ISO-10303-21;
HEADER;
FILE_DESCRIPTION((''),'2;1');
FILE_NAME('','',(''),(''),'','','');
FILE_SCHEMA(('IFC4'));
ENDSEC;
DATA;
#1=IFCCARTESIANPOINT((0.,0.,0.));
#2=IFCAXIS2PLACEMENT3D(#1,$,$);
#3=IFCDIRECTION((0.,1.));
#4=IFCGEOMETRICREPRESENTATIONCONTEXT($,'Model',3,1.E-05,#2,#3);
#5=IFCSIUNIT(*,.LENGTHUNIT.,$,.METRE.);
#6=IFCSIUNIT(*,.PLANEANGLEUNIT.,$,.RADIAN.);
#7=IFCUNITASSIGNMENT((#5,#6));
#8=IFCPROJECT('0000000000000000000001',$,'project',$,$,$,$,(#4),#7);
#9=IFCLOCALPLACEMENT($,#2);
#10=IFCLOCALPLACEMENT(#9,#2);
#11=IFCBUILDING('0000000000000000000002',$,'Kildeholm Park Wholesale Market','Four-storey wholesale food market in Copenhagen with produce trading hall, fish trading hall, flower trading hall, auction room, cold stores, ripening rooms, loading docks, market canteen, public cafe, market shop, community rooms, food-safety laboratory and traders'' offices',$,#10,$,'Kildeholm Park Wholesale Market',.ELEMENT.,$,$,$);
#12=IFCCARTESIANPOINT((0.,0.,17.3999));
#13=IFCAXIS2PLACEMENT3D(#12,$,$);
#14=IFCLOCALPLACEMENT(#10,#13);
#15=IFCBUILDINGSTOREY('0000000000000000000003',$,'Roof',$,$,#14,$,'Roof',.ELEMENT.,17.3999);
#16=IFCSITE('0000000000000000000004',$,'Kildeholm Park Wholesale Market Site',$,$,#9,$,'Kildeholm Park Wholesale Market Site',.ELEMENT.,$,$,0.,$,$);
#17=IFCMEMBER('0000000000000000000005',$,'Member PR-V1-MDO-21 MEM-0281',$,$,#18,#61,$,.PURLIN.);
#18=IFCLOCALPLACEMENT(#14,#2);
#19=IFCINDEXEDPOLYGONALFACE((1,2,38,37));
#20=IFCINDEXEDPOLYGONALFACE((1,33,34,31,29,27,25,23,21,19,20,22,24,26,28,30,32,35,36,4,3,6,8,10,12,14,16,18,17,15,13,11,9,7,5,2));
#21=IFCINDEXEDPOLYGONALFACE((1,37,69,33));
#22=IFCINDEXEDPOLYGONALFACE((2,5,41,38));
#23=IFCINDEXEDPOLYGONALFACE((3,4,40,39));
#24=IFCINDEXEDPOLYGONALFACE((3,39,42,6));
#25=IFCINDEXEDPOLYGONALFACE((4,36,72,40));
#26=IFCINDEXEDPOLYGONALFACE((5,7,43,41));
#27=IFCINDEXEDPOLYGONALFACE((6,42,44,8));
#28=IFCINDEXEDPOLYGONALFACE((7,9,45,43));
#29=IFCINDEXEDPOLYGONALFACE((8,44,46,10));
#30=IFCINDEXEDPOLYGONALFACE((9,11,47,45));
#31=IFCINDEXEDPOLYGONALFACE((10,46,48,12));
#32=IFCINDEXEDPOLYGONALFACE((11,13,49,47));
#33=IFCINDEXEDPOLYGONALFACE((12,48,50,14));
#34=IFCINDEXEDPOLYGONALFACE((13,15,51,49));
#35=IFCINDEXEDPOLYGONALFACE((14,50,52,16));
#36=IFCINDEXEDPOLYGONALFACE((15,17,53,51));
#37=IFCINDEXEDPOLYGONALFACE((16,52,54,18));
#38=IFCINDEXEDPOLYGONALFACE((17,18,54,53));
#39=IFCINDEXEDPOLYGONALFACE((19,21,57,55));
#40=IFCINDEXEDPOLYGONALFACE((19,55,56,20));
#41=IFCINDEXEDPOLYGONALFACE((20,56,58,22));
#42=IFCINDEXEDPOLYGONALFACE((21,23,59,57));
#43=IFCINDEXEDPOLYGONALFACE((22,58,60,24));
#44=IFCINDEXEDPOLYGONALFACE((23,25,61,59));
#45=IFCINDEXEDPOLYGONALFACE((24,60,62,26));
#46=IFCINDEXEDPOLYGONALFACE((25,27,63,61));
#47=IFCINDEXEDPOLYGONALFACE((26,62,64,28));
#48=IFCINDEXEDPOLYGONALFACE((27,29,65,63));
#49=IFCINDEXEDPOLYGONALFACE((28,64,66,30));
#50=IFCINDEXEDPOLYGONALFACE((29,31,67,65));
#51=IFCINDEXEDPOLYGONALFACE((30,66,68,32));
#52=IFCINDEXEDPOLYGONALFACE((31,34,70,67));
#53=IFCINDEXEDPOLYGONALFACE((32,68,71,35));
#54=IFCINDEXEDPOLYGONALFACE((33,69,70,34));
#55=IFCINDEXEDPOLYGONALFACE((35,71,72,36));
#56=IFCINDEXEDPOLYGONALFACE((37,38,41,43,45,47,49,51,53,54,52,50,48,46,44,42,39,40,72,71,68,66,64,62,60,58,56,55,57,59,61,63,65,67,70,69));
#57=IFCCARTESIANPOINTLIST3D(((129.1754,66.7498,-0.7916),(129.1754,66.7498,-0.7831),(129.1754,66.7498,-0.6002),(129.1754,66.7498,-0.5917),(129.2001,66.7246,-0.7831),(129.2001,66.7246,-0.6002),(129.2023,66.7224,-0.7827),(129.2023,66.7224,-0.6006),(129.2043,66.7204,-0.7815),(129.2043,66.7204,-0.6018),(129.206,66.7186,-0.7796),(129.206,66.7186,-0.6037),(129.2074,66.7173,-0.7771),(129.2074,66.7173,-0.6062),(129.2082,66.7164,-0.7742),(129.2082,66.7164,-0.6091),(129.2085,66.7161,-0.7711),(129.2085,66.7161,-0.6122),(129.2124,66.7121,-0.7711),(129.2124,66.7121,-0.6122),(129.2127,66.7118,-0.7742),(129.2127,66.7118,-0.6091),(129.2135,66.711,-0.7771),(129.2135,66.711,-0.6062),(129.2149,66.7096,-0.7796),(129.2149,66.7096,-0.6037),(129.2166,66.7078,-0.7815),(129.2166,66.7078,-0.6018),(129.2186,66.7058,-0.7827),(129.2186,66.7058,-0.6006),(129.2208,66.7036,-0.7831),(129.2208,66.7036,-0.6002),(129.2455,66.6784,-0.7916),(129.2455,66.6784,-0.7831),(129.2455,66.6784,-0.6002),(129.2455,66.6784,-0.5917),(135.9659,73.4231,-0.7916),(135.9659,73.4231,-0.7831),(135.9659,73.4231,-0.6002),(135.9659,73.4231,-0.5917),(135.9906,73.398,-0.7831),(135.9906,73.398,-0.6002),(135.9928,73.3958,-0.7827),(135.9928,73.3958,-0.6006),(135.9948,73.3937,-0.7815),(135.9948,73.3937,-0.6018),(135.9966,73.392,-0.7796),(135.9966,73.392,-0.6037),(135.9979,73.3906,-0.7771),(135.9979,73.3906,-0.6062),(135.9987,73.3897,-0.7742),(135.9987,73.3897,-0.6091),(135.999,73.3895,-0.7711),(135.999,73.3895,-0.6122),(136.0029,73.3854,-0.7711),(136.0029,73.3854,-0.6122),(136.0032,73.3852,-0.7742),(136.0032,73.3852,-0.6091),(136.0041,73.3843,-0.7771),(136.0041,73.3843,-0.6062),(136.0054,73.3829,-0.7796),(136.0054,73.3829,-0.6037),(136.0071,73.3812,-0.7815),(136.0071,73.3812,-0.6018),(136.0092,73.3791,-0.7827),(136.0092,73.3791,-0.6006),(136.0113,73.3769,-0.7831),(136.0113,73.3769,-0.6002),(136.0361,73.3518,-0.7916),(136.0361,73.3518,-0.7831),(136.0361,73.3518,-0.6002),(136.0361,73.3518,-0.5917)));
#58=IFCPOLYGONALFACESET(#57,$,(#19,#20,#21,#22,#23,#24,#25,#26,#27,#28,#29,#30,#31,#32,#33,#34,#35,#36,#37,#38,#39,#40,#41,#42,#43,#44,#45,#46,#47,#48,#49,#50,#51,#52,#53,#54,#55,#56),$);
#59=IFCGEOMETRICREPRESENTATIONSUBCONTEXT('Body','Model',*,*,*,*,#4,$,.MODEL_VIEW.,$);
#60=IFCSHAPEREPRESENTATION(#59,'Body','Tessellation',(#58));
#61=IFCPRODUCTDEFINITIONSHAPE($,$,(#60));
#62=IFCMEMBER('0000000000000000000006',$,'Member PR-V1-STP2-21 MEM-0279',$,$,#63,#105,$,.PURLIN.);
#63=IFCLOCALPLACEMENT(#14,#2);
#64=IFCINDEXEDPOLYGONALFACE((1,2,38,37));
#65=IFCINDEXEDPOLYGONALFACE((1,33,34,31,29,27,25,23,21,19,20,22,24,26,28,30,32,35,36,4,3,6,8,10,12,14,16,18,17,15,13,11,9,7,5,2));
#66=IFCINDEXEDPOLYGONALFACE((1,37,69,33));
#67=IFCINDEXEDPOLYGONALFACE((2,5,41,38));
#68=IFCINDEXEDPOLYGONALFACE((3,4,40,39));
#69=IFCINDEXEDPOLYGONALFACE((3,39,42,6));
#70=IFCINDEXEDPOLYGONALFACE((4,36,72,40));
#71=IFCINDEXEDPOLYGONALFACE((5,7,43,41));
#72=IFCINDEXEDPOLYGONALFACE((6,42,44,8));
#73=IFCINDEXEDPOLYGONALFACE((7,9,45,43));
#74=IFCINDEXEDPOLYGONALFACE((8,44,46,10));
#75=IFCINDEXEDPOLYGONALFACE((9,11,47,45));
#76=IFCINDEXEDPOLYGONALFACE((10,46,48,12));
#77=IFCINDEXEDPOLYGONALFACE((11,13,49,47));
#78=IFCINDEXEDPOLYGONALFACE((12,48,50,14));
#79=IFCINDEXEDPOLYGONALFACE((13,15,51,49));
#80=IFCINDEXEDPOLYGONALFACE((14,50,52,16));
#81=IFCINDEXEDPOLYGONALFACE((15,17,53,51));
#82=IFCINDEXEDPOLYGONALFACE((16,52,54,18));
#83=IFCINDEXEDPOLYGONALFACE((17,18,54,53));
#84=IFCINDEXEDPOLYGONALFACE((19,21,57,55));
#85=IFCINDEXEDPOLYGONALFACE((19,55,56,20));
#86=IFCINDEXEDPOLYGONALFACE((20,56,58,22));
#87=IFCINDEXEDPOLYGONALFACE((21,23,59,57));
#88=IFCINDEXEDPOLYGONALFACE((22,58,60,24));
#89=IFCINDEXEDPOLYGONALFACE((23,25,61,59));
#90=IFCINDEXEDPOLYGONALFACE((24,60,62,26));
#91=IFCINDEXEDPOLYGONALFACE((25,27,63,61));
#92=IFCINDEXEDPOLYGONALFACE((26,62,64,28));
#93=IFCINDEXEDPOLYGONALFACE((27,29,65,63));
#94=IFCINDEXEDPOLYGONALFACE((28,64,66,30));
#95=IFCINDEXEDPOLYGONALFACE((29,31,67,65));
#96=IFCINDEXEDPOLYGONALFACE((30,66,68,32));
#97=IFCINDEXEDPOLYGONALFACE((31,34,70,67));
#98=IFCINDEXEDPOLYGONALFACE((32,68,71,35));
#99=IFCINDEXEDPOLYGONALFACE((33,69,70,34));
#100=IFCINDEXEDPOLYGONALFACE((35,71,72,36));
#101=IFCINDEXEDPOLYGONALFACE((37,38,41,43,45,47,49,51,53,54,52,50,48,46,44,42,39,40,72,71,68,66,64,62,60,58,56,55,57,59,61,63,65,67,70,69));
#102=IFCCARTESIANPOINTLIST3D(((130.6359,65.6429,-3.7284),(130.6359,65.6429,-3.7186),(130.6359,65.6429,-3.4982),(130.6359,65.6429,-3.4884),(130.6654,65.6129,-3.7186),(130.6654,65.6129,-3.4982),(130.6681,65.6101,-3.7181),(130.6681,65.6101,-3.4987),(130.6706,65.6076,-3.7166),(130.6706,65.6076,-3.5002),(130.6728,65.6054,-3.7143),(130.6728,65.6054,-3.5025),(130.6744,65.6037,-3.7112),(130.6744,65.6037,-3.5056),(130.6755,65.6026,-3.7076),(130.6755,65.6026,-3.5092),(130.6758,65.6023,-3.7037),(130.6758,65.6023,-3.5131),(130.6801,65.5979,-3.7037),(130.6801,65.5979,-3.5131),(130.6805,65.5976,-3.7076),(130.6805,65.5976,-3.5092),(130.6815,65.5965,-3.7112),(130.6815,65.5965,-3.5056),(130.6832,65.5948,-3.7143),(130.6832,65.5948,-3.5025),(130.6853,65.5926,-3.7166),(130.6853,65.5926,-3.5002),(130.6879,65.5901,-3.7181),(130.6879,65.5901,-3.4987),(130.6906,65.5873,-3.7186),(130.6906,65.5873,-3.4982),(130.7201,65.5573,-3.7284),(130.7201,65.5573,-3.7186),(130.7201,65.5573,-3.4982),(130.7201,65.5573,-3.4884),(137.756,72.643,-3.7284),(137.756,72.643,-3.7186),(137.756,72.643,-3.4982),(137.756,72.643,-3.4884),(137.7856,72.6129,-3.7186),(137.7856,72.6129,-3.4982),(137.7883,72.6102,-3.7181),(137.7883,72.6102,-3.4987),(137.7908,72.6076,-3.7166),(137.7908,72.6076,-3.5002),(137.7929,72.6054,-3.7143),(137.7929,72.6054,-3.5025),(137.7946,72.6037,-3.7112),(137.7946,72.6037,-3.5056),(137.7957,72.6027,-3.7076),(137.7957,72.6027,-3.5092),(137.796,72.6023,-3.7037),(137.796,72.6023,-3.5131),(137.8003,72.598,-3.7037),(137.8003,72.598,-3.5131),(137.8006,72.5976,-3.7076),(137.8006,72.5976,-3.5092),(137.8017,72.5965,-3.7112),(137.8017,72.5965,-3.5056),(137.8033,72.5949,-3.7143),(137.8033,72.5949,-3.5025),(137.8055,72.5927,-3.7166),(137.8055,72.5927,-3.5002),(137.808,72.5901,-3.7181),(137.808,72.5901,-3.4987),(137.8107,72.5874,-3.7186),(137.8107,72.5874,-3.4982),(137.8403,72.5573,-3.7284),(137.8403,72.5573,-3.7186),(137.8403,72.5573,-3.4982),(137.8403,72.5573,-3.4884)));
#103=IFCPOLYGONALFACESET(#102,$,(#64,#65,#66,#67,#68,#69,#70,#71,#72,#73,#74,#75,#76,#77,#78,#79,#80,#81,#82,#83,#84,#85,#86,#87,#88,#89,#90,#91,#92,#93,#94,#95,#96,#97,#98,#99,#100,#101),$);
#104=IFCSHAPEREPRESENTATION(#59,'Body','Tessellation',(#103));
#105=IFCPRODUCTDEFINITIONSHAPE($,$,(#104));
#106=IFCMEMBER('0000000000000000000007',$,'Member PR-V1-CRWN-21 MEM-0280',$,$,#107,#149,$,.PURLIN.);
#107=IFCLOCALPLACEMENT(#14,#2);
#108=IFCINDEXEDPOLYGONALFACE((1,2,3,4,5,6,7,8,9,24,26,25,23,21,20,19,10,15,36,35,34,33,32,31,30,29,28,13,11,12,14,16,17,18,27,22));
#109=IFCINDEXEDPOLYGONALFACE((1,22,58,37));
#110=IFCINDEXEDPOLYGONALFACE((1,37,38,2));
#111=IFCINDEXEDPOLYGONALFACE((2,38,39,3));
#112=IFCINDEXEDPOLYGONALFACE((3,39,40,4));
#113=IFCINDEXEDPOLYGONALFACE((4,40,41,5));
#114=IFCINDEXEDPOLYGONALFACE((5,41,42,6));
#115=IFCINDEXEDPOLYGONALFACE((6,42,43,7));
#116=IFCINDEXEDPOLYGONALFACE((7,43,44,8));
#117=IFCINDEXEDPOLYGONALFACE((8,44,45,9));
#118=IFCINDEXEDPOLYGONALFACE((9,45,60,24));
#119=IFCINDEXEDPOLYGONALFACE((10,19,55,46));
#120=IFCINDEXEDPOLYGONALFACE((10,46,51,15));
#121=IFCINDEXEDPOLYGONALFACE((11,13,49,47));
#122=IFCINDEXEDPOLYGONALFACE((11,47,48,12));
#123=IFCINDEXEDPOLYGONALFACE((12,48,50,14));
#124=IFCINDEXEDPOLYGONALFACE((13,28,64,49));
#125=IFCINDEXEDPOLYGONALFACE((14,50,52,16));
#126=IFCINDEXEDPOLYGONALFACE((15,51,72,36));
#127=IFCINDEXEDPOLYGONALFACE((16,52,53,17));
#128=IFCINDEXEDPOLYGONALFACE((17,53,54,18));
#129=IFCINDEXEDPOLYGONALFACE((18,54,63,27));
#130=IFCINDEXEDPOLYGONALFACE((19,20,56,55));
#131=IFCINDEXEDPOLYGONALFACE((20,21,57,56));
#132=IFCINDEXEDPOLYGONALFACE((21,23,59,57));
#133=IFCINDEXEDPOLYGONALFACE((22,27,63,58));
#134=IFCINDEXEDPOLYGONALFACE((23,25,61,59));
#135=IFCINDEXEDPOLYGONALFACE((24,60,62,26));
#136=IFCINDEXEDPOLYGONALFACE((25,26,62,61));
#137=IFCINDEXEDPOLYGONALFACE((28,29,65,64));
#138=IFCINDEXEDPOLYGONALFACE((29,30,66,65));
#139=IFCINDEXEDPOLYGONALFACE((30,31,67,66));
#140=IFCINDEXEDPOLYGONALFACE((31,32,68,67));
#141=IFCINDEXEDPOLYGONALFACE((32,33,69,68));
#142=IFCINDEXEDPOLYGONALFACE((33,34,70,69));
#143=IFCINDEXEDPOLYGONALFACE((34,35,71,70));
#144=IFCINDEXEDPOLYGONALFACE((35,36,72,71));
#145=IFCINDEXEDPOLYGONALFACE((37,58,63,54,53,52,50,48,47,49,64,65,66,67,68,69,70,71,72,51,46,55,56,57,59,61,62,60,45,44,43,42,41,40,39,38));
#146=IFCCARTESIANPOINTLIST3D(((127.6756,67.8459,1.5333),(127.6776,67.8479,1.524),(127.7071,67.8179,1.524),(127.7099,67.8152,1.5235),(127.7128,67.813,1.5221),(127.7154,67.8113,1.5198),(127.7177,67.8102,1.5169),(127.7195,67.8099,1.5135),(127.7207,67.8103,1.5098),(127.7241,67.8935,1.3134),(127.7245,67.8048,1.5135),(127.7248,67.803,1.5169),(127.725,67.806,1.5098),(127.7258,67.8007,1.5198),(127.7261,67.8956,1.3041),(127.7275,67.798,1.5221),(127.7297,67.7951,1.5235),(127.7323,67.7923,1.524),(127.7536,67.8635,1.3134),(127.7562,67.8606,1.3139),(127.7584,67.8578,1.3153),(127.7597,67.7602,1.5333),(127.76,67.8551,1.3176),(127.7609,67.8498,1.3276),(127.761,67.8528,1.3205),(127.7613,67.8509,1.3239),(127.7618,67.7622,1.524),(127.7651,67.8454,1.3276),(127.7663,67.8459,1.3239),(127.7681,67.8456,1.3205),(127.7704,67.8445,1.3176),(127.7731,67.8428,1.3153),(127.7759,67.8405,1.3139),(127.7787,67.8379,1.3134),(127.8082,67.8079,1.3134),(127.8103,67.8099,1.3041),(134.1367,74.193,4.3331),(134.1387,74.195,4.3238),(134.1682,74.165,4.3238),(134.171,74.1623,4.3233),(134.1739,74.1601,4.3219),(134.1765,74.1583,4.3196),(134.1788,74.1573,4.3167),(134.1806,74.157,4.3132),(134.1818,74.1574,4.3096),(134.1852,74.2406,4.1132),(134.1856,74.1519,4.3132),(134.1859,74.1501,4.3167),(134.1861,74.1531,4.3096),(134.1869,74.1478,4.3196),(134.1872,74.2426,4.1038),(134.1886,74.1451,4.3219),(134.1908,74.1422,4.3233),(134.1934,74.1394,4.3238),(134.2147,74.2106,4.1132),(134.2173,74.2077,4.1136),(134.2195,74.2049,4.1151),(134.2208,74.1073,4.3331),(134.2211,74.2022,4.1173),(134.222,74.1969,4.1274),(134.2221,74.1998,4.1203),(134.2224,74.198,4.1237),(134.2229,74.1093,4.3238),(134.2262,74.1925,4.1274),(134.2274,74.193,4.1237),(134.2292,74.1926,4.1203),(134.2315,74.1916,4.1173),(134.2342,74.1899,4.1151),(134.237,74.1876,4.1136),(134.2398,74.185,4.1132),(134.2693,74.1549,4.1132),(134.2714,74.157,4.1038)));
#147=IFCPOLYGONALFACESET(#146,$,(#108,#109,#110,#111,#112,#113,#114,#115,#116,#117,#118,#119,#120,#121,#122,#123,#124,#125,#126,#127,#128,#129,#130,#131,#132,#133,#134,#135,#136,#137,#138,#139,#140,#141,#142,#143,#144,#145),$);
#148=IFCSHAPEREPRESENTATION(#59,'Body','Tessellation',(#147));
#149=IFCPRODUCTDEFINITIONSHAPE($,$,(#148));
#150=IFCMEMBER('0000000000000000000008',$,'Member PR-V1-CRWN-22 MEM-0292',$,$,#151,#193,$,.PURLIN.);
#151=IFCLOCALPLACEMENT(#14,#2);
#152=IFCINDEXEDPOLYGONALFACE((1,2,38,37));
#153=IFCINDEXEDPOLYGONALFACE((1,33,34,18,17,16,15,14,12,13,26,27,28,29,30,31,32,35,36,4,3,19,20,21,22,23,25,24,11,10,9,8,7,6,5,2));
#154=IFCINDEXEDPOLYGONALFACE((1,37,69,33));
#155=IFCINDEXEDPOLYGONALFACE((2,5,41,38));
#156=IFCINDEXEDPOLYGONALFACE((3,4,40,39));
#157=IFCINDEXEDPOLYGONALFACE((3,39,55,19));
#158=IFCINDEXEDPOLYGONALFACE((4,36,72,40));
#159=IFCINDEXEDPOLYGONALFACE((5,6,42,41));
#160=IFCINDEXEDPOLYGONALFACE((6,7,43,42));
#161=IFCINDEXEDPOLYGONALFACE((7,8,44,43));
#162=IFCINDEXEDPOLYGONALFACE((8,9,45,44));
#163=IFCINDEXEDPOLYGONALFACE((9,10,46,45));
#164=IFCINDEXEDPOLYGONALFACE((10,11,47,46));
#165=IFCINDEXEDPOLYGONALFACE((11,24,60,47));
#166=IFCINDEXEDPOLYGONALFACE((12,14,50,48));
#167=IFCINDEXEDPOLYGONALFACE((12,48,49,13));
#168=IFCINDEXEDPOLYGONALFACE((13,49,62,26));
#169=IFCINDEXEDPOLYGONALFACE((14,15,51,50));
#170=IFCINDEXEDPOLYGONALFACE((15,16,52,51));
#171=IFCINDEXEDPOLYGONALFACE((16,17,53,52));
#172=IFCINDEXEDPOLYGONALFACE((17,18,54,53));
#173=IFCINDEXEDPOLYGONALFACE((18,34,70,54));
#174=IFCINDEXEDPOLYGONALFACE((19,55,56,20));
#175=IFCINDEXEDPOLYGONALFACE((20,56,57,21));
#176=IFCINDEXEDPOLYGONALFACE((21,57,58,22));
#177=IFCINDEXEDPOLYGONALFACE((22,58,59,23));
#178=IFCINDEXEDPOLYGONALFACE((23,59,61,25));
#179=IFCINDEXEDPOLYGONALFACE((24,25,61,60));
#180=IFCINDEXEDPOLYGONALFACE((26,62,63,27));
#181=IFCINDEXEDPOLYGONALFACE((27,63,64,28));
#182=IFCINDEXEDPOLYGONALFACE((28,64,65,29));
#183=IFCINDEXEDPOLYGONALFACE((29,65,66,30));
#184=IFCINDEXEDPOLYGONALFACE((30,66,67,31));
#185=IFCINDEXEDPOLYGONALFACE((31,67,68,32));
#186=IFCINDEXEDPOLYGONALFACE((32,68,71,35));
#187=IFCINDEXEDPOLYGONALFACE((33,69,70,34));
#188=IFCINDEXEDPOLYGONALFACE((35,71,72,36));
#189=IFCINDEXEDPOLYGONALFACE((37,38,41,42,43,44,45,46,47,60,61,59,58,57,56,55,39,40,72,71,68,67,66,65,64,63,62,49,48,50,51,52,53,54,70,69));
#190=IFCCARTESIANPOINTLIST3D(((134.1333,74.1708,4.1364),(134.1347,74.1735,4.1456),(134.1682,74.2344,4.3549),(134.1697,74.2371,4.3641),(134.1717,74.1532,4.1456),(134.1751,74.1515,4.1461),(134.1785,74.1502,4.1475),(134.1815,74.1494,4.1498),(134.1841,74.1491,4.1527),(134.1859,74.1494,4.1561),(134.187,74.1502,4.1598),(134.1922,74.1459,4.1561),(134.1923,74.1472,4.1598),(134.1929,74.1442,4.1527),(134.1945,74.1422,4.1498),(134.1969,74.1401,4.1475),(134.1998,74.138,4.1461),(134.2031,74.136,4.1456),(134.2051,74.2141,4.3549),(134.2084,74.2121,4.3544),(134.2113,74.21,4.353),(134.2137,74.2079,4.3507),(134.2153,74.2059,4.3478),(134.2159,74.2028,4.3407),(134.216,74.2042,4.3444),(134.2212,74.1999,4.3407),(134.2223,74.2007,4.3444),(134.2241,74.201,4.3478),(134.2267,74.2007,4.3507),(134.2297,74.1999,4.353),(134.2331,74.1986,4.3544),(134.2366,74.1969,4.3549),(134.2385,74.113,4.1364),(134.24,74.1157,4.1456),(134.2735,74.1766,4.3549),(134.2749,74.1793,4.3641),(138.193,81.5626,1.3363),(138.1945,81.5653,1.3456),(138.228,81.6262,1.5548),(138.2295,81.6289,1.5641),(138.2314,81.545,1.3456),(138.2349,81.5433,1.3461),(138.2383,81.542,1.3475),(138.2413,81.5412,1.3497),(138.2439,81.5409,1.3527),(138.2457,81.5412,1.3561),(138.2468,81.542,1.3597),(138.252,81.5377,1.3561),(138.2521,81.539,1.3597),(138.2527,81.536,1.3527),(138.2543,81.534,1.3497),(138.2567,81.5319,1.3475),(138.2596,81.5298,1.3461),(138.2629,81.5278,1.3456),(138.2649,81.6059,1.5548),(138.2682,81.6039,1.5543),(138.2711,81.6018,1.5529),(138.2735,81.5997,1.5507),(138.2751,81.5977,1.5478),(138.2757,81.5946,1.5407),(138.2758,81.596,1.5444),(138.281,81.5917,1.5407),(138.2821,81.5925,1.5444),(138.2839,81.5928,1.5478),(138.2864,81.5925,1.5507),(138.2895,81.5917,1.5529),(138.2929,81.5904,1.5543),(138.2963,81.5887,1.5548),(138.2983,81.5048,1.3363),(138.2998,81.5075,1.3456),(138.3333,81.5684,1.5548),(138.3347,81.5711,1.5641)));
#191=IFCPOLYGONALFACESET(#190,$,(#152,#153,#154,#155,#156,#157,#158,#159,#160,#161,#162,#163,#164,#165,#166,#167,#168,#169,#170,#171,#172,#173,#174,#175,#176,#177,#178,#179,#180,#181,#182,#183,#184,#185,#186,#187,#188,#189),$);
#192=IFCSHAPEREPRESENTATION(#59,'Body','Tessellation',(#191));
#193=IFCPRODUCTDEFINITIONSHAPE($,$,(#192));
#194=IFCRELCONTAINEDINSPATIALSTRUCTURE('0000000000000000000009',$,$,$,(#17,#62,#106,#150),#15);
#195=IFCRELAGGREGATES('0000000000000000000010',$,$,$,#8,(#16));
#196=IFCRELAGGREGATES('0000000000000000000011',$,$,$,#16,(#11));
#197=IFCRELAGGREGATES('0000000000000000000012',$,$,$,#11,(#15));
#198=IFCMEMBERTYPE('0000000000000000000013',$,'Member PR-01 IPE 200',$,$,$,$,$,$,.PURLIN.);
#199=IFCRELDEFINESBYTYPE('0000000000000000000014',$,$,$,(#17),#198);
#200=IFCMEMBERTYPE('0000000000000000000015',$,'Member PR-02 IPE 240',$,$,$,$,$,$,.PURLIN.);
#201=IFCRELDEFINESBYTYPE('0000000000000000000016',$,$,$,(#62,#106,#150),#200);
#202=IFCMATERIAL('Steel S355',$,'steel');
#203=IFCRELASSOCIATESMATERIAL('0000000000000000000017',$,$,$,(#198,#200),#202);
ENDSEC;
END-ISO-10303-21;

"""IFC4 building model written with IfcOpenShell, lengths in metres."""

from ifc_helpers import new_model, si_unit, direction, frame, origin, origin_2d, place, context, subcontext, project, spatial, i_section, extrude, material, material_profile, profile_set, type_object, element, save


model = new_model("IFC4")

# Units and contexts
model_context = context("Model", 3, precision=1e-05, world=origin(), true_north=direction((0.0, 1.0)))
body_context = subcontext(model_context, "Body", "Model", "MODEL_VIEW")
ifc_project = project(units=[si_unit("LENGTHUNIT", "METRE"), si_unit("PLANEANGLEUNIT", "RADIAN")], contexts=[model_context])

# Site, building, storey
site_placement = place(None, origin())
site = spatial("IfcSite", under=ifc_project, at=site_placement, Name="Kildeholm Park Wholesale Market Site", LongName="Kildeholm Park Wholesale Market Site", CompositionType="ELEMENT", RefElevation=0.0)
building_placement = place(site_placement, origin())
building = spatial("IfcBuilding", under=site, at=building_placement, Name="Kildeholm Park Wholesale Market", Description="Four-storey wholesale food market in Copenhagen with produce trading hall, fish trading hall, flower trading hall, auction room, cold stores, ripening rooms, loading docks, market canteen, public cafe, market shop, community rooms, food-safety laboratory and traders' offices", LongName="Kildeholm Park Wholesale Market", CompositionType="ELEMENT")
storey_placement = place(building_placement, frame((0.0, 0.0, 17.3999)))
storey = spatial("IfcBuildingStorey", under=building, at=storey_placement, Name="Roof", LongName="Roof", CompositionType="ELEMENT", Elevation=17.3999)

# Members
ifc_material_1 = material(Name="Steel S355", Category="steel")
ifc_material_profile_1 = material_profile(ifc_material_1, i_section(OverallWidth=0.1001, OverallDepth=0.2, WebThickness=0.0056, FlangeThickness=0.0085, FilletRadius=0.012, at=origin_2d()), Name="IPE 200")
ifc_profile_set_1 = profile_set([ifc_material_profile_1], Name="Steel S355")
member_type_1 = type_object("IfcMemberType", Name="Member PR-01 IPE 200", PredefinedType="PURLIN", material=ifc_profile_set_1)
member_1_placement = place(storey_placement, frame((129.2104, 66.7141, -0.6917), z_axis=(0.713234, 0.700926, 0.0), x_axis=(-0.700926, 0.713234, 0.0)))
element("IfcMember", 1, at=member_1_placement, inside=storey, type_object=member_type_1, Name="Member PR-V1-MDO-21 MEM-0281", PredefinedType="PURLIN", context=body_context, shape_type="SweptSolid", body=[
    extrude(i_section(OverallWidth=0.1001, OverallDepth=0.2, WebThickness=0.0056, FlangeThickness=0.0085, FilletRadius=0.012, at=origin_2d()), origin(), (0.0, 0.0, 1.0), 9.5208),
])
ifc_material_profile_2 = material_profile(ifc_material_1, i_section(OverallWidth=0.1201, OverallDepth=0.24, WebThickness=0.0061, FlangeThickness=0.0098, FilletRadius=0.0149, at=origin_2d()), Name="IPE 240")
ifc_profile_set_2 = profile_set([ifc_material_profile_2], Name="Steel S355")
member_type_2 = type_object("IfcMemberType", Name="Member PR-02 IPE 240", PredefinedType="PURLIN", material=ifc_profile_set_2)
member_2_placement = place(storey_placement, frame((130.678, 65.6001, -3.6084), z_axis=(0.713096, 0.701066, 0.0), x_axis=(-0.701066, 0.713096, 0.0)))
element("IfcMember", 2, at=member_2_placement, inside=storey, type_object=member_type_2, Name="Member PR-V1-STP2-21 MEM-0279", PredefinedType="PURLIN", context=body_context, shape_type="SweptSolid", body=[
    extrude(i_section(OverallWidth=0.1201, OverallDepth=0.24, WebThickness=0.0061, FlangeThickness=0.0098, FilletRadius=0.0149, at=origin_2d()), origin(), (0.0, 0.0, 1.0), 9.9849),
])
member_3_placement = place(storey_placement, frame((127.7429, 67.8279, 1.4187), z_axis=(0.681552, 0.669525, 0.295335), x_axis=(-0.700785, 0.713373, 0.0)))
element("IfcMember", 3, at=member_3_placement, inside=storey, type_object=member_type_2, Name="Member PR-V1-CRWN-21 MEM-0280", PredefinedType="PURLIN", context=body_context, shape_type="SweptSolid", body=[
    extrude(i_section(OverallWidth=0.1201, OverallDepth=0.24, WebThickness=0.0061, FlangeThickness=0.0098, FilletRadius=0.0149, at=origin_2d()), origin(), (0.0, 0.0, 1.0), 9.48),
])
member_4_placement = place(storey_placement, frame((134.2041, 74.175, 4.2502), z_axis=(0.456875, 0.831849, -0.315106), x_axis=(-0.876501, 0.4814, 0.0)))
element("IfcMember", 4, at=member_4_placement, inside=storey, type_object=member_type_2, Name="Member PR-V1-CRWN-22 MEM-0292", PredefinedType="PURLIN", context=body_context, shape_type="SweptSolid", body=[
    extrude(i_section(OverallWidth=0.1201, OverallDepth=0.24, WebThickness=0.0061, FlangeThickness=0.0098, FilletRadius=0.0149, at=origin_2d()), origin(), (0.0, 0.0, 1.0), 8.886),
])

save(model, "model.ifc")
